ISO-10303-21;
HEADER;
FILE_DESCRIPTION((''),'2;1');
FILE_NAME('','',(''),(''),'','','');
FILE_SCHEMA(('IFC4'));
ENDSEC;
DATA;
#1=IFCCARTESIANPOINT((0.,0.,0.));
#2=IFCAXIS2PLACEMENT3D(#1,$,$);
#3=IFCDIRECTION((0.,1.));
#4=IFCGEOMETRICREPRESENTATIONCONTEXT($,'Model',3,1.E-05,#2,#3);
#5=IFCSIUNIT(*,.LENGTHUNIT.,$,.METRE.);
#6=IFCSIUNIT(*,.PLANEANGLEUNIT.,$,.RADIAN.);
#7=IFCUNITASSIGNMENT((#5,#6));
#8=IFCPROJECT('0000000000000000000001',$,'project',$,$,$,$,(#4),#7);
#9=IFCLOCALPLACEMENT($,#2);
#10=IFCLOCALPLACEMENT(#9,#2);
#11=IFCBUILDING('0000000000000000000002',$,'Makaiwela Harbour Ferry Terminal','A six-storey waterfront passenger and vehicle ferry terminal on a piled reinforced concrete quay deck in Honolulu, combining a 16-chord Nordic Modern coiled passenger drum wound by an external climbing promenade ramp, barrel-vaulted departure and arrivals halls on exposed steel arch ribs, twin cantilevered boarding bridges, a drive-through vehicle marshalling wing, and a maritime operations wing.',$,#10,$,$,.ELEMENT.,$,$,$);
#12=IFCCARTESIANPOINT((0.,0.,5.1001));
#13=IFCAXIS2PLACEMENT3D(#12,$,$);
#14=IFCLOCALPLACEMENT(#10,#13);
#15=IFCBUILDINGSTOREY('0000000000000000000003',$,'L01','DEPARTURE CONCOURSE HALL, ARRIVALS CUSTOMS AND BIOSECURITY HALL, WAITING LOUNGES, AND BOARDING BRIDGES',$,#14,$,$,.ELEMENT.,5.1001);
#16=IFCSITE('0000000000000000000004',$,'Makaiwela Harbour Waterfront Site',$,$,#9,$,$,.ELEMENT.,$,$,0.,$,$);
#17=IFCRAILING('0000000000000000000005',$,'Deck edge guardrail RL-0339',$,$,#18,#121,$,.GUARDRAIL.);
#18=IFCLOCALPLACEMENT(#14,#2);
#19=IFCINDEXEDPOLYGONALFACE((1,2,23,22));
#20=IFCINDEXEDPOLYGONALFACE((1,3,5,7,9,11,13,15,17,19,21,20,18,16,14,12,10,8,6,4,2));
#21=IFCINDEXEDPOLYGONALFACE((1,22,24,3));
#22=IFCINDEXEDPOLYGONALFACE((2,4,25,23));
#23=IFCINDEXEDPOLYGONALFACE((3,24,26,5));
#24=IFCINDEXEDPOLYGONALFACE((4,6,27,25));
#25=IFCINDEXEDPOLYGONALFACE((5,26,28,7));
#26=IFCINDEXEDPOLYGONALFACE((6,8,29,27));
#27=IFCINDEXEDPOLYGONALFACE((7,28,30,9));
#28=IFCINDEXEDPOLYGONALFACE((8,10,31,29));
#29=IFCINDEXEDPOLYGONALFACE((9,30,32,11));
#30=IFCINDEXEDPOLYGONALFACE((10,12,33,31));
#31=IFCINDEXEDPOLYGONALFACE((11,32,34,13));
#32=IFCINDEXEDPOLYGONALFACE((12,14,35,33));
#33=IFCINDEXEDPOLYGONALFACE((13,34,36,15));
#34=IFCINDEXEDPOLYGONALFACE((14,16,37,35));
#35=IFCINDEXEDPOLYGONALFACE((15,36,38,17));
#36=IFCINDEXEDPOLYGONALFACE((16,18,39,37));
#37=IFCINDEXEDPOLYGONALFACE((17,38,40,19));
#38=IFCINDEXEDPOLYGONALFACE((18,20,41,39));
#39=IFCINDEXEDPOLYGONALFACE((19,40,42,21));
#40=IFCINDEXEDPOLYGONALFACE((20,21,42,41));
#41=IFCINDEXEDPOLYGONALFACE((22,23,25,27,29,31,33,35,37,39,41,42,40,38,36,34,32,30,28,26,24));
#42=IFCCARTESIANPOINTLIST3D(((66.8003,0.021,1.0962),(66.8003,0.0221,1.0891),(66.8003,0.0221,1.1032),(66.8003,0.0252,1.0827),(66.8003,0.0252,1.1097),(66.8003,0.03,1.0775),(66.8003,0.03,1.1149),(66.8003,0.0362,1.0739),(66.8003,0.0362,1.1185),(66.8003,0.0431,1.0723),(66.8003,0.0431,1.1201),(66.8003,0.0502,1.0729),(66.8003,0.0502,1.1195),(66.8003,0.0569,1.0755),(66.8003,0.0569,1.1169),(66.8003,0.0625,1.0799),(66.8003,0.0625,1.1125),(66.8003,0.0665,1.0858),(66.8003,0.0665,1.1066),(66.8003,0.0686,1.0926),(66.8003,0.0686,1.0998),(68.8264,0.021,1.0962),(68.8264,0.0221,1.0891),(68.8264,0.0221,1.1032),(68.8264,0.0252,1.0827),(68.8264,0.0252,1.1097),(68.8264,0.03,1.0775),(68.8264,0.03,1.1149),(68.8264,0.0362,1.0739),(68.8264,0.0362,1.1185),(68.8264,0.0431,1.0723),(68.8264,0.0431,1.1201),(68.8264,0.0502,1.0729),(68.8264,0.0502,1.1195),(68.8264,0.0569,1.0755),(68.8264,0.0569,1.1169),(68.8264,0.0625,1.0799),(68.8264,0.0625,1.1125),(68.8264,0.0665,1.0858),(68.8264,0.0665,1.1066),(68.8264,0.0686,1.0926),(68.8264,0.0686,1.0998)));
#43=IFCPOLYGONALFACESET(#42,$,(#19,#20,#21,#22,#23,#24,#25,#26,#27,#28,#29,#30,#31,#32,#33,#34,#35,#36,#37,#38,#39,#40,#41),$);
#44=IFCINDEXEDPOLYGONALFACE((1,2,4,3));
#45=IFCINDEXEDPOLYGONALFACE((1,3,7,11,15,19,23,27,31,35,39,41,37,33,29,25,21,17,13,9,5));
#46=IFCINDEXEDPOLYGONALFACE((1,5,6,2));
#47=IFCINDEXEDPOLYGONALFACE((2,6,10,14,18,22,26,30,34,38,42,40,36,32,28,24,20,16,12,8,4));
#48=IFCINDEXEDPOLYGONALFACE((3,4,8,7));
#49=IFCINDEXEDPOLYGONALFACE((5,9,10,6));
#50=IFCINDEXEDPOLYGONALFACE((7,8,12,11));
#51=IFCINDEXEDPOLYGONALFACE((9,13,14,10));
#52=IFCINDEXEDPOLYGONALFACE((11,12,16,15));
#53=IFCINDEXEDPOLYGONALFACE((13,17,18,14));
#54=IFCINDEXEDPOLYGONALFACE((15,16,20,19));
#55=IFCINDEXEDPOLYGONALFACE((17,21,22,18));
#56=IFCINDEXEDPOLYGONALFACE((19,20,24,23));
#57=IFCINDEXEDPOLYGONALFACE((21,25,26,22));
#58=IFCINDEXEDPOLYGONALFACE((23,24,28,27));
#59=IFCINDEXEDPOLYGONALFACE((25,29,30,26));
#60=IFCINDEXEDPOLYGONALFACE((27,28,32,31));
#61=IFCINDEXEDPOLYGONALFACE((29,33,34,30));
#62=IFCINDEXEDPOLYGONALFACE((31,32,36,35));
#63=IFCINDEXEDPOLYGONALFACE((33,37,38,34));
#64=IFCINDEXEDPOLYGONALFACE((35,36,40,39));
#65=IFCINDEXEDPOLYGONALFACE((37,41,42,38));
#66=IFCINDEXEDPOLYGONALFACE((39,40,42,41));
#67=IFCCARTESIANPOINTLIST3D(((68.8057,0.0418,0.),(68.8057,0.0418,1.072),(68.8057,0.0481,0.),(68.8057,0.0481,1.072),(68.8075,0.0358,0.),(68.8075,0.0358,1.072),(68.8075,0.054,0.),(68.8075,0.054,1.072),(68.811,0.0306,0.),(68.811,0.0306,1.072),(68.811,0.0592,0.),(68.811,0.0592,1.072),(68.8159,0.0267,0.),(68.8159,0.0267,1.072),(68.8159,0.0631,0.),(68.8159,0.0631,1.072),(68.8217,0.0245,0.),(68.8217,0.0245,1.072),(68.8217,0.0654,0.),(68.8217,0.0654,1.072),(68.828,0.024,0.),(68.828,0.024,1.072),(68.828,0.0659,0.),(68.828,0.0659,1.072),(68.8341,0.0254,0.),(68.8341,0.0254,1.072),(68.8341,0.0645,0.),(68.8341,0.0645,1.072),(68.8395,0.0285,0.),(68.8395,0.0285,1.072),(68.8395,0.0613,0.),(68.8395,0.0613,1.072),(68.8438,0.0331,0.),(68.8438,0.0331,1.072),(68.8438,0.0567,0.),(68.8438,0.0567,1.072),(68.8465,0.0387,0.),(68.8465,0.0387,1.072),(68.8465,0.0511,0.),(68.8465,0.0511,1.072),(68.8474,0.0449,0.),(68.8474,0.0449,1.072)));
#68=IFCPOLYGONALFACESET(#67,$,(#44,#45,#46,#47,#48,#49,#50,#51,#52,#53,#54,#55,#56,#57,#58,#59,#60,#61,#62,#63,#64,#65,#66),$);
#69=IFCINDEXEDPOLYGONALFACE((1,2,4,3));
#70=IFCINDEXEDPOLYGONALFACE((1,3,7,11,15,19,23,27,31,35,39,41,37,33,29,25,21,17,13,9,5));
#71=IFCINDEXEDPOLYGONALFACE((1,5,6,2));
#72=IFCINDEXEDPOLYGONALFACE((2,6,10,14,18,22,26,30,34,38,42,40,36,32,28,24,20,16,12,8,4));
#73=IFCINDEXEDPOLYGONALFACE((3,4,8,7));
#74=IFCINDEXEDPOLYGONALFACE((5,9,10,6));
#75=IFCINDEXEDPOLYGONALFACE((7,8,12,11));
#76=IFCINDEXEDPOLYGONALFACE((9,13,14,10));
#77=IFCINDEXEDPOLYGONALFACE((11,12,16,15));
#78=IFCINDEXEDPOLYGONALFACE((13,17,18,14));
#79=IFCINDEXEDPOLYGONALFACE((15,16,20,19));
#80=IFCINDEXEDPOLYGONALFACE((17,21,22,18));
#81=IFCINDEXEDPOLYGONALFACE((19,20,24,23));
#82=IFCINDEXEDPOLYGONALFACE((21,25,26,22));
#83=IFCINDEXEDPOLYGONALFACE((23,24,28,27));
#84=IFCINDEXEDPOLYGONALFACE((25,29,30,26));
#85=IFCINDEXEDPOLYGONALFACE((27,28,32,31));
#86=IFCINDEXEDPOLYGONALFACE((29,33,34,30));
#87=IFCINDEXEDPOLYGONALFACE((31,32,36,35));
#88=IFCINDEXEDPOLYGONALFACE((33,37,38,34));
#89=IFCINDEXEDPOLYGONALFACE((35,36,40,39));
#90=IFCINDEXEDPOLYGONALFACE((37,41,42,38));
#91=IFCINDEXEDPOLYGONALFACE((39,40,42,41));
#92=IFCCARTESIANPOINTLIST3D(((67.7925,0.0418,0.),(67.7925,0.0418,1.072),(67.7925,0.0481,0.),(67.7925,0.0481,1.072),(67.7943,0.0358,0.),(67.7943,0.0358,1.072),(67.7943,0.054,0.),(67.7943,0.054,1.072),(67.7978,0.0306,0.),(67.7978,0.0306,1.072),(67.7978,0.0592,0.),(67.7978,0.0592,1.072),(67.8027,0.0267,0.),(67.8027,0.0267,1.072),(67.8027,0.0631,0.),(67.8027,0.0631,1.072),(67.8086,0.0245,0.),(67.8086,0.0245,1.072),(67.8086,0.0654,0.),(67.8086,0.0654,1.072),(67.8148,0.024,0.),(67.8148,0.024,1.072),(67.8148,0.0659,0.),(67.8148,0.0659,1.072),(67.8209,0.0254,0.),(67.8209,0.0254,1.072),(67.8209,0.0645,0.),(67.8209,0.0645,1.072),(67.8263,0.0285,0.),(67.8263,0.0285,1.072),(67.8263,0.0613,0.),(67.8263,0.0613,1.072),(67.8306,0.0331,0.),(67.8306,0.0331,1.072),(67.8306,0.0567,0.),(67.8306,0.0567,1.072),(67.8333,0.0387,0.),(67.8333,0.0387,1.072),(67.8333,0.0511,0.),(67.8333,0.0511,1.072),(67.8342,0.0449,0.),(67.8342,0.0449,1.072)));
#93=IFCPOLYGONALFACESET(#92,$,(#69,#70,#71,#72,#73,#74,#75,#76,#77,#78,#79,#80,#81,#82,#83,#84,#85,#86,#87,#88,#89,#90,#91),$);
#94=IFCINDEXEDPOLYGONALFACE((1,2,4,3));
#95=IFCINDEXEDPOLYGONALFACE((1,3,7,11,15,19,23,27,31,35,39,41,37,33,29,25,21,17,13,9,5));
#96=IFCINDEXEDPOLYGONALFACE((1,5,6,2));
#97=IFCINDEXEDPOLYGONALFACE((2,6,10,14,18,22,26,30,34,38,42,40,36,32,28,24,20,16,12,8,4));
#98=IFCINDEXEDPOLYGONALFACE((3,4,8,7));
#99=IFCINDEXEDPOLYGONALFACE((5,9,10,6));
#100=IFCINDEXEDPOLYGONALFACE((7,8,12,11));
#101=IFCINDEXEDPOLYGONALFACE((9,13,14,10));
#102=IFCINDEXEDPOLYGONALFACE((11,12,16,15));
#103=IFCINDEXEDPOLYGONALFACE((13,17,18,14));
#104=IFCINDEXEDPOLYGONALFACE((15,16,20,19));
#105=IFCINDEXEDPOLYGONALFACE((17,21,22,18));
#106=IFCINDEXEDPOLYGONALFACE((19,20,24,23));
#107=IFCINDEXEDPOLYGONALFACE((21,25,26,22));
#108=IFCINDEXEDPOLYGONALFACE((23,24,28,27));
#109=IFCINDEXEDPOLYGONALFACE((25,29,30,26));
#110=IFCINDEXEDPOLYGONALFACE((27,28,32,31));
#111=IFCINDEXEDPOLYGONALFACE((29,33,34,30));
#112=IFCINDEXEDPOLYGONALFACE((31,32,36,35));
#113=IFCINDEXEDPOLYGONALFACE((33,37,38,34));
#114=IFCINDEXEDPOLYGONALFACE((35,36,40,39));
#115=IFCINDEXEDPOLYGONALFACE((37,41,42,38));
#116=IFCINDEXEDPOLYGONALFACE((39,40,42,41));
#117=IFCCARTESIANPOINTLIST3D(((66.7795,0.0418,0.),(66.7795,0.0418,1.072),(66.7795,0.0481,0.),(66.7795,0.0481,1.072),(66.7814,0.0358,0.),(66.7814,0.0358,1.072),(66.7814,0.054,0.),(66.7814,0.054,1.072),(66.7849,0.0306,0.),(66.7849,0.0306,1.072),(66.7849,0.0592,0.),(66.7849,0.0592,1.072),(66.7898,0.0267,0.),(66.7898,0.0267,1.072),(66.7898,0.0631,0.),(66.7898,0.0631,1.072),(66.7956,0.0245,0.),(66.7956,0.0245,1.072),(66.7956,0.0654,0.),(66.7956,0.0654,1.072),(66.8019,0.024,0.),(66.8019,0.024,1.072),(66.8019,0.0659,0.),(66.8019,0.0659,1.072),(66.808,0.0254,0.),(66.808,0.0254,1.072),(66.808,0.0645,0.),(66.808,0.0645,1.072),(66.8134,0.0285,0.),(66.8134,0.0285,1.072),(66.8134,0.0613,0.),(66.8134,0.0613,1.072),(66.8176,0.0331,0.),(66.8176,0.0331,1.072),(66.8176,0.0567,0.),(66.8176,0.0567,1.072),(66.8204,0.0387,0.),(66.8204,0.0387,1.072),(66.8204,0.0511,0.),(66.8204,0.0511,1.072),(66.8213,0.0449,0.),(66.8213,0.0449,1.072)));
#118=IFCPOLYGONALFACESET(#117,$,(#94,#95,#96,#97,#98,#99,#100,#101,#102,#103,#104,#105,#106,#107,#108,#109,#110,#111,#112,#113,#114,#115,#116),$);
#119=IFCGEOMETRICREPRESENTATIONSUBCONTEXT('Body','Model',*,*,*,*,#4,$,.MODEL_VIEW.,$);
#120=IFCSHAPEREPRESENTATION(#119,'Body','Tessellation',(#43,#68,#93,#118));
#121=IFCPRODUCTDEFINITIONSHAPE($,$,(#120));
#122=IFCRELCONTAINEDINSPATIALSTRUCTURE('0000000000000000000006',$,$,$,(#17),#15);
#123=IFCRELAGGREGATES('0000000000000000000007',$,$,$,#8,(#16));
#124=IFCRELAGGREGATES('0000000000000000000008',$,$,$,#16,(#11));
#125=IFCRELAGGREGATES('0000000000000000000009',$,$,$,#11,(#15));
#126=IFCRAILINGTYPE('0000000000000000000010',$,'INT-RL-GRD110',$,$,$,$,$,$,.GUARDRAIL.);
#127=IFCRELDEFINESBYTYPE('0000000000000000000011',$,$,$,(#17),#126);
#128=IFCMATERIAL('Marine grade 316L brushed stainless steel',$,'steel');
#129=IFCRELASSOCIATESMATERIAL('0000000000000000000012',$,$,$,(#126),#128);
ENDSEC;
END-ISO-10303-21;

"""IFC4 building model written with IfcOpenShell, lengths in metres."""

from ifc_helpers import new_model, si_unit, direction, frame, origin, origin_2d, place, context, subcontext, project, spatial, circle, extrude, material, type_object, element, save


model = new_model("IFC4")

# Units and contexts
model_context = context("Model", 3, precision=1e-05, world=origin(), true_north=direction((0.0, 1.0)))
body_context = subcontext(model_context, "Body", "Model", "MODEL_VIEW")
ifc_project = project(units=[si_unit("LENGTHUNIT", "METRE"), si_unit("PLANEANGLEUNIT", "RADIAN")], contexts=[model_context])

# Site, building, storey
site_placement = place(None, origin())
site = spatial("IfcSite", under=ifc_project, at=site_placement, Name="Makaiwela Harbour Waterfront Site", CompositionType="ELEMENT", RefElevation=0.0)
building_placement = place(site_placement, origin())
building = spatial("IfcBuilding", under=site, at=building_placement, Name="Makaiwela Harbour Ferry Terminal", Description="A six-storey waterfront passenger and vehicle ferry terminal on a piled reinforced concrete quay deck in Honolulu, combining a 16-chord Nordic Modern coiled passenger drum wound by an external climbing promenade ramp, barrel-vaulted departure and arrivals halls on exposed steel arch ribs, twin cantilevered boarding bridges, a drive-through vehicle marshalling wing, and a maritime operations wing.", CompositionType="ELEMENT")
storey_placement = place(building_placement, frame((0.0, 0.0, 5.1001)))
storey = spatial("IfcBuildingStorey", under=building, at=storey_placement, Name="L01", Description="DEPARTURE CONCOURSE HALL, ARRIVALS CUSTOMS AND BIOSECURITY HALL, WAITING LOUNGES, AND BOARDING BRIDGES", CompositionType="ELEMENT", Elevation=5.1001)

# Railing
ifc_material_1 = material(Name="Marine grade 316L brushed stainless steel", Category="steel")
railing_type = type_object("IfcRailingType", Name="INT-RL-GRD110", PredefinedType="GUARDRAIL", material=ifc_material_1)
railing_1_placement = place(storey_placement, frame((68.8264, 0.0449, 0.0)))
element("IfcRailing", 1, at=railing_1_placement, inside=storey, type_object=railing_type, Name="Deck edge guardrail RL-0339", PredefinedType="GUARDRAIL", context=body_context, shape_type="SweptSolid", body=[
    extrude(circle(Radius=0.0239, at=origin_2d()), frame((0.0, 0.0, 1.0962), z_axis=(-1.0, 0.0, 0.0), x_axis=(0.0, -1.0, 0.0)), (0.0, 0.0, 1.0), 2.0261),
    extrude(circle(Radius=0.021, at=origin_2d()), origin(), (0.0, 0.0, 1.0), 1.072),
    extrude(circle(Radius=0.021, at=origin_2d()), frame((-1.0132, 0.0, 0.0)), (0.0, 0.0, 1.0), 1.072),
    extrude(circle(Radius=0.021, at=origin_2d()), frame((-2.0261, 0.0, 0.0)), (0.0, 0.0, 1.0), 1.072),
])

save(model, "model.ifc")
